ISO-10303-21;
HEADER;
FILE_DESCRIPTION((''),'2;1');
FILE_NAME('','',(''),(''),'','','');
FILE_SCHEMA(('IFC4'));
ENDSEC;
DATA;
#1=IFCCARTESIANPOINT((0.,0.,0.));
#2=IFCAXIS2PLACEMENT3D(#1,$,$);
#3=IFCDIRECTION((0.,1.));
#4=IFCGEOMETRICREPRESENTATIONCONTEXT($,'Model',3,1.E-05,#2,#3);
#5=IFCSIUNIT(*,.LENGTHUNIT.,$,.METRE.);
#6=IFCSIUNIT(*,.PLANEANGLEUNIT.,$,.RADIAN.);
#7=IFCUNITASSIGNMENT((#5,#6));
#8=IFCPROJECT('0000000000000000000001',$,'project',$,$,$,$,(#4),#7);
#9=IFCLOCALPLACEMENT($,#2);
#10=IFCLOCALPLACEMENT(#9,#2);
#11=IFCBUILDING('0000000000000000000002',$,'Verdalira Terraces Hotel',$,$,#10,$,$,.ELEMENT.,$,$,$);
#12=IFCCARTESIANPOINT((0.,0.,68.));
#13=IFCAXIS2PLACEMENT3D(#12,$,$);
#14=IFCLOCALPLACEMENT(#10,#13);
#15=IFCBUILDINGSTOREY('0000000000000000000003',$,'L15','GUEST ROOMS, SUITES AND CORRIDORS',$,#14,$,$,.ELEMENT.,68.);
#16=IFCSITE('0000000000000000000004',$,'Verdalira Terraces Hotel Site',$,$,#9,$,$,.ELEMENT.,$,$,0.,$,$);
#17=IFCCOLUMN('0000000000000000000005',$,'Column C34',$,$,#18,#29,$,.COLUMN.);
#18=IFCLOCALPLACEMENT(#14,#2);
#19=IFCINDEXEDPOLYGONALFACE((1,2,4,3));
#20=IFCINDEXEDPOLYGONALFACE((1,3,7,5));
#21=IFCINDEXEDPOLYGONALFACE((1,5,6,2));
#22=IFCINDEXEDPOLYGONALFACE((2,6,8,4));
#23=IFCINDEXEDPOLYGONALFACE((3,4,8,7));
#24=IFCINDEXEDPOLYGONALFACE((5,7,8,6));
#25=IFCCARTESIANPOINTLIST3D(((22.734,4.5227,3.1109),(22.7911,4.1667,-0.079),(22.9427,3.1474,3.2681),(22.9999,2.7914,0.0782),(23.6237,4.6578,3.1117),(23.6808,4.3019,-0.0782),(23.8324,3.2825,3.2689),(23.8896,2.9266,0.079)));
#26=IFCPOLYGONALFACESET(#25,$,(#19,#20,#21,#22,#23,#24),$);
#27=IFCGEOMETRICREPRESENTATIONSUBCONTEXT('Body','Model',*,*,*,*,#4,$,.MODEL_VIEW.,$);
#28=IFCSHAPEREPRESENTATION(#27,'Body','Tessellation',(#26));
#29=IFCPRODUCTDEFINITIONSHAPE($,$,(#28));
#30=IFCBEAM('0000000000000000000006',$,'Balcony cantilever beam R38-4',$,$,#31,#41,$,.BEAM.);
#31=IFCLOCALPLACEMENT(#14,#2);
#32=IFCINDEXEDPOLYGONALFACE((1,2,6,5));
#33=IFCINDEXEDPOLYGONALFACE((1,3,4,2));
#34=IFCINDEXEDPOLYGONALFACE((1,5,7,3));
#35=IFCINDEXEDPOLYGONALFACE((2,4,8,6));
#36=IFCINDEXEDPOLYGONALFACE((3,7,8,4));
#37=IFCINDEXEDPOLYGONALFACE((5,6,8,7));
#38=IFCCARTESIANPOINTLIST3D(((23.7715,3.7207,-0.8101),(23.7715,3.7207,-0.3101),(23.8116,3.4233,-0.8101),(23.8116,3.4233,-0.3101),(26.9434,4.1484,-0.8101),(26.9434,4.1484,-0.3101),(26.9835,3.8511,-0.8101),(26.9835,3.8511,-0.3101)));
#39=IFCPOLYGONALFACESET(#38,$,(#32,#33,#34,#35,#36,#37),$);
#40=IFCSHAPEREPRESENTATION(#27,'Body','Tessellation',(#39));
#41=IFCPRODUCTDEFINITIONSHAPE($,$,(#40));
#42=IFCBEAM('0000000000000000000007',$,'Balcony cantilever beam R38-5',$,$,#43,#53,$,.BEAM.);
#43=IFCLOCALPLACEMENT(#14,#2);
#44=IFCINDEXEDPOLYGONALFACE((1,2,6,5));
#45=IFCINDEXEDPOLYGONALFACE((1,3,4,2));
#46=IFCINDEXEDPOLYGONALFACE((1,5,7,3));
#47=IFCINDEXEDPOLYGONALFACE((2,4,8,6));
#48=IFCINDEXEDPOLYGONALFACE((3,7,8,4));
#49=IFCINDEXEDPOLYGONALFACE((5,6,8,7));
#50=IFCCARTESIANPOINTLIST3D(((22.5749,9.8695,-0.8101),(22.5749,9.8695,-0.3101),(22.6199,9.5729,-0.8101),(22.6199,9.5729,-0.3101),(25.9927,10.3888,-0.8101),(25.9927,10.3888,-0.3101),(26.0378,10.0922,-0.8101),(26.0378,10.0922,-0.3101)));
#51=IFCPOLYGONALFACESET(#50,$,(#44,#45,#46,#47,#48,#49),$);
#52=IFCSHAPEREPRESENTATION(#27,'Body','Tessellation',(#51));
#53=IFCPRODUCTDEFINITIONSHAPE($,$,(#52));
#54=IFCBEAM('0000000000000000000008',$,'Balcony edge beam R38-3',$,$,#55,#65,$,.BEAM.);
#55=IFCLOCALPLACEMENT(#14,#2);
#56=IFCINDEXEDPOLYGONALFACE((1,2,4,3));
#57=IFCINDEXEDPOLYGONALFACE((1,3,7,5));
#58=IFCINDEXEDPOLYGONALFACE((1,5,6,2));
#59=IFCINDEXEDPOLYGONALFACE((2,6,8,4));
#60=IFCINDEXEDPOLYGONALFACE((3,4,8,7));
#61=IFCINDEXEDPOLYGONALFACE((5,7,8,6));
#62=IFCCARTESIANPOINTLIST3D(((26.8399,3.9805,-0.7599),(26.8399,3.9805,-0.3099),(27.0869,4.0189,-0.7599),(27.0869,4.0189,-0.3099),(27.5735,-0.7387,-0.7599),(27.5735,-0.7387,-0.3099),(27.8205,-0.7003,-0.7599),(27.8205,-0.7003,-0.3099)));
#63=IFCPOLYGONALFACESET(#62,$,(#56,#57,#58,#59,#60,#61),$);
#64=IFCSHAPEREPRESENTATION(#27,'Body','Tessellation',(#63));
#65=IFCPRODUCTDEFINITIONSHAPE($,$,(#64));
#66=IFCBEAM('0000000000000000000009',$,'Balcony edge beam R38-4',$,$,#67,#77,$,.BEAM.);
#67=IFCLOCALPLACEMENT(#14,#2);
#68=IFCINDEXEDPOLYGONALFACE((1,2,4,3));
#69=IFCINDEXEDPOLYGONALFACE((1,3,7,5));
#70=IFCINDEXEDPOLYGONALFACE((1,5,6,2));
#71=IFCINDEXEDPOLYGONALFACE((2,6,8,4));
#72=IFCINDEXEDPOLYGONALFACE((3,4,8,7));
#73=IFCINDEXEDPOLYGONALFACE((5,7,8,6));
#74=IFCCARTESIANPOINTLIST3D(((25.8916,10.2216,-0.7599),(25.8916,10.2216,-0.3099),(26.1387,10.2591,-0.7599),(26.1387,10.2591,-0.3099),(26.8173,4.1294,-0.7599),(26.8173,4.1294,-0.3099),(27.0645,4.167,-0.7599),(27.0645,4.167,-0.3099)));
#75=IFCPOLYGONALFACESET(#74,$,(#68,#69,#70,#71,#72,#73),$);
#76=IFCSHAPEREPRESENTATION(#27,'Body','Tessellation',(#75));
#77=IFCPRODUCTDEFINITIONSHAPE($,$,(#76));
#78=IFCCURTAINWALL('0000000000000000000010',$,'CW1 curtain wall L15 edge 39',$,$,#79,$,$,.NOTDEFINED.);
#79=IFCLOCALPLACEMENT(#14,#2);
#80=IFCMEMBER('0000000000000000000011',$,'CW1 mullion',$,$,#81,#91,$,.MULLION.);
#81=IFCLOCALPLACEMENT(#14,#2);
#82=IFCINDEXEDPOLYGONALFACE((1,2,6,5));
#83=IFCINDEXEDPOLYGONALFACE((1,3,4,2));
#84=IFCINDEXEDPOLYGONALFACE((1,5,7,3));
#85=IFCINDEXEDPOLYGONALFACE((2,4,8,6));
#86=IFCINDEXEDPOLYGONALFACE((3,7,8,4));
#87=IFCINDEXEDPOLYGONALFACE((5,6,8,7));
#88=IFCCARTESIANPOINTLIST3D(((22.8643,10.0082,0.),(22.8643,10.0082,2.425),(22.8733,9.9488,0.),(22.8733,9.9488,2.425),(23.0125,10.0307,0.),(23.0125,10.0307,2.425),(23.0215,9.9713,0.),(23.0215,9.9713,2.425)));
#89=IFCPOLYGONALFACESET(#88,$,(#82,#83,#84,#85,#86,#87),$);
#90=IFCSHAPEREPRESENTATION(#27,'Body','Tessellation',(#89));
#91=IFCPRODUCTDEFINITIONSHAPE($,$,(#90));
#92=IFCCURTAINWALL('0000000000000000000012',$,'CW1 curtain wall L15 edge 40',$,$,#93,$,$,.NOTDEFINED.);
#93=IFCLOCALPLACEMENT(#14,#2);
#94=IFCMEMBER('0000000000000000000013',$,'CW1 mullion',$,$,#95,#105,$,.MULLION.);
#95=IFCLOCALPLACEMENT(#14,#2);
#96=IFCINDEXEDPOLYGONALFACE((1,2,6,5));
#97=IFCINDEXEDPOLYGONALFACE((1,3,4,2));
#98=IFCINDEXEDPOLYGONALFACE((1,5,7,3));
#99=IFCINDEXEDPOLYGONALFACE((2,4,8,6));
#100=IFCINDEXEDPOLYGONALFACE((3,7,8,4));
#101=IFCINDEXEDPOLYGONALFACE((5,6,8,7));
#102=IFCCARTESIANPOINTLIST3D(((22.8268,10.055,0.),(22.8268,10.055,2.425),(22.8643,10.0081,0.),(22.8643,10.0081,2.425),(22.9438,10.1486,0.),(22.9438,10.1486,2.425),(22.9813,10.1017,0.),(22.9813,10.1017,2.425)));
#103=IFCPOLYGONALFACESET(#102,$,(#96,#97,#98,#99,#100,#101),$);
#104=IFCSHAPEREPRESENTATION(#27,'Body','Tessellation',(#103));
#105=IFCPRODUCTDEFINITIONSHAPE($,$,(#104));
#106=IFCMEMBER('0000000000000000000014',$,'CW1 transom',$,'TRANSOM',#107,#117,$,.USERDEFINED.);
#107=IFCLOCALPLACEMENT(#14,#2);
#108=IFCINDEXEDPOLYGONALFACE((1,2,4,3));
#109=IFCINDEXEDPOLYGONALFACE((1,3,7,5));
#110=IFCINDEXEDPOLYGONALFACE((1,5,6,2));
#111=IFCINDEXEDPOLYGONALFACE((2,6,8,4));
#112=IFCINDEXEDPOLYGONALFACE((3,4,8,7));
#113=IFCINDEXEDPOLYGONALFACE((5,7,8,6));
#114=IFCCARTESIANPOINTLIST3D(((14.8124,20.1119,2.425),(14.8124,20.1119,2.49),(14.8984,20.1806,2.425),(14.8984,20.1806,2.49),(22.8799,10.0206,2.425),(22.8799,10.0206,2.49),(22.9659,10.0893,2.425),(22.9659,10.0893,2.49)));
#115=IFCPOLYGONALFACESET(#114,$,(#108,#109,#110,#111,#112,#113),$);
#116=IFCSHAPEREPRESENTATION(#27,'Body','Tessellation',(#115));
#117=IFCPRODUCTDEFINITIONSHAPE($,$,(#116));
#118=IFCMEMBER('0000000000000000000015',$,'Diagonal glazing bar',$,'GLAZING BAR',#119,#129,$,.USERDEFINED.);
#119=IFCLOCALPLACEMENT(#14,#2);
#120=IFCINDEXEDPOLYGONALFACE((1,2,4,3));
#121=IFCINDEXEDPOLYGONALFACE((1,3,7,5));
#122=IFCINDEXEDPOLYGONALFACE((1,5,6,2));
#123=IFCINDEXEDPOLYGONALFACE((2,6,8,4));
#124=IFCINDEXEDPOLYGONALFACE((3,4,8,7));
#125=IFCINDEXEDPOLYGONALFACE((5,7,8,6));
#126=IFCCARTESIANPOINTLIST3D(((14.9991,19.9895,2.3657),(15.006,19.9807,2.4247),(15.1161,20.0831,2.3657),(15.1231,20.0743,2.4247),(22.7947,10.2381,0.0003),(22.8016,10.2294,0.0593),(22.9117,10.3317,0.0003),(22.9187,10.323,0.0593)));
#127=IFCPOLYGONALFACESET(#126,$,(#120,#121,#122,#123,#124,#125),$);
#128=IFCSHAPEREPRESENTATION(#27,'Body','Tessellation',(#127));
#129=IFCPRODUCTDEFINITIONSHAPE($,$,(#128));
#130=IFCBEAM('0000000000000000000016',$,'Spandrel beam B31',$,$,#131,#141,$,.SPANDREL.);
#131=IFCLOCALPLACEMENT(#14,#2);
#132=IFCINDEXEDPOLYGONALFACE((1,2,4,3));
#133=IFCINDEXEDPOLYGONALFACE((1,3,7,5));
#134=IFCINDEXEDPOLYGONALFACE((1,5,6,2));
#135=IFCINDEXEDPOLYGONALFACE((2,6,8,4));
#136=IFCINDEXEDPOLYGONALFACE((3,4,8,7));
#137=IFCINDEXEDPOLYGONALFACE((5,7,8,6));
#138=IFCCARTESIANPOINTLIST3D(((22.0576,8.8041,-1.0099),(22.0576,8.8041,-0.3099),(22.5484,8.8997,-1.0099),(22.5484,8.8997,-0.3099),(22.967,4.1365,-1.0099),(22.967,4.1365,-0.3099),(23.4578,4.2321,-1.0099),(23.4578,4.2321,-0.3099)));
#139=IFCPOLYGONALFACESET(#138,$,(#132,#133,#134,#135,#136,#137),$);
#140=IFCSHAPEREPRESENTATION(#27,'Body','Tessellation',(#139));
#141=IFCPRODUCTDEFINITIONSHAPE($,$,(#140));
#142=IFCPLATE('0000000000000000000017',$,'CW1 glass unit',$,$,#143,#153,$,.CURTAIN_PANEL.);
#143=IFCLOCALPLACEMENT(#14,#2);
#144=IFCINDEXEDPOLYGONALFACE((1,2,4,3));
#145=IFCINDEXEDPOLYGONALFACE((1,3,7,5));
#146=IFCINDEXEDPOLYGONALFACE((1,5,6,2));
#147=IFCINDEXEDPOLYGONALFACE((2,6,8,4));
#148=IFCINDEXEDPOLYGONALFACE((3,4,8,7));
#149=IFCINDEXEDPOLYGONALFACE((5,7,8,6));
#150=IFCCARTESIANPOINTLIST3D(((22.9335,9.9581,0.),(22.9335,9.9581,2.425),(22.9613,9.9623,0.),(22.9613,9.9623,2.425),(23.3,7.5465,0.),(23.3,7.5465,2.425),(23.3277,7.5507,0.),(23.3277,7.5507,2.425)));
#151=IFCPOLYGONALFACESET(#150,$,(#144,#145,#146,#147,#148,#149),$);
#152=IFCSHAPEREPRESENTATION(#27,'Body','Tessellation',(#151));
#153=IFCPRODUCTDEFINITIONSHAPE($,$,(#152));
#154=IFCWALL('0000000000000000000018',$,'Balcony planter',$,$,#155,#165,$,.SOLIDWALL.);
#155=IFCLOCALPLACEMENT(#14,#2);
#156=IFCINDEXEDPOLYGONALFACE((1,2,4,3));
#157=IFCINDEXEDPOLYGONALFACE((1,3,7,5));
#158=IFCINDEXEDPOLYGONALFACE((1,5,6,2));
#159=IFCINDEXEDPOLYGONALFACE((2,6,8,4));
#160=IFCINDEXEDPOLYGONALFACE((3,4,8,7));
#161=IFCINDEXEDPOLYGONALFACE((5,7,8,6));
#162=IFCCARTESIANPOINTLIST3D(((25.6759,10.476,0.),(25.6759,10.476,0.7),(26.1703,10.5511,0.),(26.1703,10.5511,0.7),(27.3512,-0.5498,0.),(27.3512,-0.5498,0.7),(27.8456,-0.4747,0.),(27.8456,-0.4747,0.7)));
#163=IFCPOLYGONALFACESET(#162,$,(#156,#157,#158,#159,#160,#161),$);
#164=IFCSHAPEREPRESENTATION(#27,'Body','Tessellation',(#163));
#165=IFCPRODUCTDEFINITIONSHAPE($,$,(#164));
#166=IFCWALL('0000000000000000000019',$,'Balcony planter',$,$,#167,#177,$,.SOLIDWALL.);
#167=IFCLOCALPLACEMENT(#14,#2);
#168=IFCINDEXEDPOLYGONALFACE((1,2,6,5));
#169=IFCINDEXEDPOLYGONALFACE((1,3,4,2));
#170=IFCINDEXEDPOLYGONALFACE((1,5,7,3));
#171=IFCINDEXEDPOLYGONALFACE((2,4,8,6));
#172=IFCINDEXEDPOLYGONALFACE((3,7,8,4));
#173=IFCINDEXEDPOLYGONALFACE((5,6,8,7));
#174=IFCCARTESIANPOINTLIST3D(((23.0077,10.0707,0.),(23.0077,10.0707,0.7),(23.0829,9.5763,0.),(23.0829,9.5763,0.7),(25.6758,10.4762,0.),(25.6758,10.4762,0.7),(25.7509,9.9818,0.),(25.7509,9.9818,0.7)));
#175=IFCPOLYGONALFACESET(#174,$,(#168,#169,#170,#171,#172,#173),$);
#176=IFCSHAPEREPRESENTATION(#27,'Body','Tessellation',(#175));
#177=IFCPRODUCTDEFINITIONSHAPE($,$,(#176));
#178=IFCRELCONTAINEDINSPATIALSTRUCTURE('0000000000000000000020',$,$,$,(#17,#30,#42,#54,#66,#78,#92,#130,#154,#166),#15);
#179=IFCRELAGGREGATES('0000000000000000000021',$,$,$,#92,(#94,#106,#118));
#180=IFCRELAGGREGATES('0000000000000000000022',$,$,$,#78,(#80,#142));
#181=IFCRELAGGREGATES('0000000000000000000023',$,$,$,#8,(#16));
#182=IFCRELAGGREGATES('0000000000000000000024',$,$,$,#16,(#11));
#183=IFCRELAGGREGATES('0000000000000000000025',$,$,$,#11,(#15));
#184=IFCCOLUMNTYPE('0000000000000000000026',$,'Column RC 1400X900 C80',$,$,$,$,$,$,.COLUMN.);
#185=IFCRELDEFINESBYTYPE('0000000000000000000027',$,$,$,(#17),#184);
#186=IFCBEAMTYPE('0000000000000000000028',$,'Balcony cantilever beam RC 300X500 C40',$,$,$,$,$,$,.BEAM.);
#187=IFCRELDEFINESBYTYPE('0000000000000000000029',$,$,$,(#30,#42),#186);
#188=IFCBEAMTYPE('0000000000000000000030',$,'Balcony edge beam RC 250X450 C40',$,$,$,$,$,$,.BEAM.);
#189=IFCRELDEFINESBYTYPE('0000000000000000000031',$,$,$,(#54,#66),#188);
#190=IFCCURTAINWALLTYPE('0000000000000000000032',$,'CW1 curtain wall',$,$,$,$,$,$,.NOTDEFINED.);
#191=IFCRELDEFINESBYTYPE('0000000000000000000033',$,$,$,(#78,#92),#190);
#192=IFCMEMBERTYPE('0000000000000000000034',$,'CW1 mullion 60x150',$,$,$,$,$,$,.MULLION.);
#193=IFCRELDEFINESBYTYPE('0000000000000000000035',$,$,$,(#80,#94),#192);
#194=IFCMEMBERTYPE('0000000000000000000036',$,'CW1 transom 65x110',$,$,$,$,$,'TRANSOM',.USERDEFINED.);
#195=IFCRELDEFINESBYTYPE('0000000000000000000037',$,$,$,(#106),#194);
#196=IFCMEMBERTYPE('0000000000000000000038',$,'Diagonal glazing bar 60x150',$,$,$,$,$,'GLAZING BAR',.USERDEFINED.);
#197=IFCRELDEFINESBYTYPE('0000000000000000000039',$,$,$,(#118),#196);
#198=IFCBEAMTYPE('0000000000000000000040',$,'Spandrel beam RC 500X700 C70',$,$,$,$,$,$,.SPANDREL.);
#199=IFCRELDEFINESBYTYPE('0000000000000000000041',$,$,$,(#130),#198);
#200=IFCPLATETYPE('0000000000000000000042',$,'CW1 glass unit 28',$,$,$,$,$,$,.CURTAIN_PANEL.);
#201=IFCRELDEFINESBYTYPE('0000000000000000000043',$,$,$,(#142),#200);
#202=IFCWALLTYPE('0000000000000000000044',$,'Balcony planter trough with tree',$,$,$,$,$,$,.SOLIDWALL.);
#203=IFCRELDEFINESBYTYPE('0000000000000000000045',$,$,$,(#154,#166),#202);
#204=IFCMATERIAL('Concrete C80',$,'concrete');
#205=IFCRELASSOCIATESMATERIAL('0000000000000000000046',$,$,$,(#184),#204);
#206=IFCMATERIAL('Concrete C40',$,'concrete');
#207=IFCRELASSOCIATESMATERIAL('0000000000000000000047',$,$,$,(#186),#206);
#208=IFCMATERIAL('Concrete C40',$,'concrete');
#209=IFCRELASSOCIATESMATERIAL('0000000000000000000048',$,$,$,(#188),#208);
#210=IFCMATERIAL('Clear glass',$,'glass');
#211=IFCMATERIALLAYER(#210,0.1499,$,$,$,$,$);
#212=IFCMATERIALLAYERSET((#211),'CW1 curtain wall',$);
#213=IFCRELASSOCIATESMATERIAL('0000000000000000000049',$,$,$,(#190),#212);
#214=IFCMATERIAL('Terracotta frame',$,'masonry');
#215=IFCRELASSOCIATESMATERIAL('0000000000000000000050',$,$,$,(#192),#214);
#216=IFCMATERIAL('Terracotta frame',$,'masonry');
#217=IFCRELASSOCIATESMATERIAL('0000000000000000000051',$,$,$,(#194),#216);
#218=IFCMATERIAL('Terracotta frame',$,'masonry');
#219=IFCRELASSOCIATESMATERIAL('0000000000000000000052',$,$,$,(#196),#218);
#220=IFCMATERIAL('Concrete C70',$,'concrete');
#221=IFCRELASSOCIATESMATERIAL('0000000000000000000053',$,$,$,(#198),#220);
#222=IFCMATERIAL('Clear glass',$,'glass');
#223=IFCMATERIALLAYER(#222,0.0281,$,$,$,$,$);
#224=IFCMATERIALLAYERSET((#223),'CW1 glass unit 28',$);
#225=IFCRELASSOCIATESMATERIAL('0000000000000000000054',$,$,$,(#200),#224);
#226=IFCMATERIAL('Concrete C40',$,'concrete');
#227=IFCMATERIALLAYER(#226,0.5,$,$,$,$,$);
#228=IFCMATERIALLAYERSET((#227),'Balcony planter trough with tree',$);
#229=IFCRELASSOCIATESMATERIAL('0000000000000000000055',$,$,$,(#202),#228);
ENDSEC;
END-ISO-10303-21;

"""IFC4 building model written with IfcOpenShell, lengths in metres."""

from ifc_helpers import new_model, si_unit, direction, frame, frame_2d, origin, origin_2d, place, context, subcontext, project, spatial, rectangle, extrude, material, layer, layer_set, material_profile, profile_set, type_object, element, aggregate, save


model = new_model("IFC4")

# Units and contexts
model_context = context("Model", 3, precision=1e-05, world=origin(), true_north=direction((0.0, 1.0)))
body_context = subcontext(model_context, "Body", "Model", "MODEL_VIEW")
ifc_project = project(units=[si_unit("LENGTHUNIT", "METRE"), si_unit("PLANEANGLEUNIT", "RADIAN")], contexts=[model_context])

# Site, building, storey
site_placement = place(None, origin())
site = spatial("IfcSite", under=ifc_project, at=site_placement, Name="Verdalira Terraces Hotel Site", CompositionType="ELEMENT", RefElevation=0.0)
building_placement = place(site_placement, origin())
building = spatial("IfcBuilding", under=site, at=building_placement, Name="Verdalira Terraces Hotel", CompositionType="ELEMENT")
storey_placement = place(building_placement, frame((0.0, 0.0, 68.0)))
storey = spatial("IfcBuildingStorey", under=building, at=storey_placement, Name="L15", Description="GUEST ROOMS, SUITES AND CORRIDORS", CompositionType="ELEMENT", Elevation=68.0)

# Column
ifc_material_1 = material(Name="Concrete C80", Category="concrete")
ifc_material_profile_1 = material_profile(ifc_material_1, rectangle(XDim=1.3999, YDim=0.8999, at=origin_2d()), Name="RC 1400X900")
ifc_profile_set_1 = profile_set([ifc_material_profile_1], Name="Concrete C80")
column_type = type_object("IfcColumnType", Name="Column RC 1400X900 C80", PredefinedType="COLUMN", material=ifc_profile_set_1)
column_placement = place(storey_placement, frame((23.3403, 3.5466, 0.0), z_axis=(-0.017796, 0.110881, 0.993674), x_axis=(-0.149133, 0.98242, -0.112296)))
element("IfcColumn", 1, at=column_placement, inside=storey, type_object=column_type, Name="Column C34", PredefinedType="COLUMN", context=body_context, shape_type="SweptSolid", body=[
    extrude(rectangle(XDim=1.3999, YDim=0.8999, at=origin_2d()), origin(), (0.0, 0.0, 1.0), 3.2102),
])

# Beams
ifc_material_2 = material(Name="Concrete C40", Category="concrete")
ifc_material_profile_2 = material_profile(ifc_material_2, rectangle(XDim=0.3, YDim=0.5, at=origin_2d()), Name="RC 300X500")
ifc_profile_set_2 = profile_set([ifc_material_profile_2], Name="Concrete C40")
beam_type_1 = type_object("IfcBeamType", Name="Balcony cantilever beam RC 300X500 C40", PredefinedType="BEAM", material=ifc_profile_set_2)
beam_1_placement = place(storey_placement, frame((23.7915, 3.572, -0.5601), z_axis=(0.99103, 0.133643, 0.0), x_axis=(-0.133643, 0.99103, 0.0)))
element("IfcBeam", 2, at=beam_1_placement, inside=storey, type_object=beam_type_1, Name="Balcony cantilever beam R38-4", PredefinedType="BEAM", context=body_context, shape_type="SweptSolid", body=[
    extrude(rectangle(XDim=0.3, YDim=0.5, at=origin_2d()), origin(), (0.0, 0.0, 1.0), 3.2007),
])
beam_2_placement = place(storey_placement, frame((22.5974, 9.7212, -0.5601), z_axis=(0.988653, 0.150215, 0.0), x_axis=(-0.150215, 0.988653, 0.0)))
element("IfcBeam", 3, at=beam_2_placement, inside=storey, type_object=beam_type_1, Name="Balcony cantilever beam R38-5", PredefinedType="BEAM", context=body_context, shape_type="SweptSolid", body=[
    extrude(rectangle(XDim=0.3, YDim=0.5, at=origin_2d()), origin(), (0.0, 0.0, 1.0), 3.457),
])
ifc_material_3 = material(Name="Concrete C40", Category="concrete")
ifc_material_profile_3 = material_profile(ifc_material_3, rectangle(XDim=0.25, YDim=0.45, at=origin_2d()), Name="RC 250X450")
ifc_profile_set_3 = profile_set([ifc_material_profile_3], Name="Concrete C40")
beam_type_2 = type_object("IfcBeamType", Name="Balcony edge beam RC 250X450 C40", PredefinedType="BEAM", material=ifc_profile_set_3)
beam_3_placement = place(storey_placement, frame((27.697, -0.7195, -0.5349), z_axis=(-0.153613, 0.988131, 0.0), x_axis=(-0.988131, -0.153613, 0.0)))
element("IfcBeam", 4, at=beam_3_placement, inside=storey, type_object=beam_type_2, Name="Balcony edge beam R38-3", PredefinedType="BEAM", context=body_context, shape_type="SweptSolid", body=[
    extrude(rectangle(XDim=0.25, YDim=0.45, at=origin_2d()), origin(), (0.0, 0.0, 1.0), 4.7759),
])
beam_4_placement = place(storey_placement, frame((26.9409, 4.1482, -0.5349), z_axis=(-0.150235, 0.98865, 0.0), x_axis=(-0.98865, -0.150235, 0.0)))
element("IfcBeam", 5, at=beam_4_placement, inside=storey, type_object=beam_type_2, Name="Balcony edge beam R38-4", PredefinedType="BEAM", context=body_context, shape_type="SweptSolid", body=[
    extrude(rectangle(XDim=0.25, YDim=0.45, at=origin_2d()), origin(), (0.0, 0.0, 1.0), 6.1621),
])

# Curtain wall, member
ifc_material_4 = material(Name="Clear glass", Category="glass")
ifc_layer_1 = layer(ifc_material_4, 0.1499)
ifc_layer_set_1 = layer_set([ifc_layer_1], Name="CW1 curtain wall")
curtain_wall_type = type_object("IfcCurtainWallType", Name="CW1 curtain wall", PredefinedType="NOTDEFINED", material=ifc_layer_set_1)
curtain_wall_1_placement = place(storey_placement, origin())
curtain_wall_1 = element("IfcCurtainWall", 6, at=curtain_wall_1_placement, inside=storey, type_object=curtain_wall_type, Name="CW1 curtain wall L15 edge 39", PredefinedType="NOTDEFINED")
ifc_material_5 = material(Name="Terracotta frame", Category="masonry")
ifc_material_profile_4 = material_profile(ifc_material_5, rectangle(XDim=0.0601, YDim=0.1499, at=origin_2d()), Name="MU 60x150")
ifc_profile_set_4 = profile_set([ifc_material_profile_4], Name="Terracotta frame")
member_type_1 = type_object("IfcMemberType", Name="CW1 mullion 60x150", PredefinedType="MULLION", material=ifc_profile_set_4)
member_1_placement = place(storey_placement, frame((22.9429, 9.9897, 0.0), z_axis=(0.0, 0.0, 1.0), x_axis=(-0.150226, 0.988652, 0.0)))
member_1 = element("IfcMember", 7, at=member_1_placement, type_object=member_type_1, Name="CW1 mullion", PredefinedType="MULLION", context=body_context, shape_type="SweptSolid", body=[
    extrude(rectangle(XDim=0.0601, YDim=0.1499, at=origin_2d()), origin(), (0.0, 0.0, 1.0), 2.425),
])

# Curtain wall, members
curtain_wall_2_placement = place(storey_placement, origin())
curtain_wall_2 = element("IfcCurtainWall", 8, at=curtain_wall_2_placement, inside=storey, type_object=curtain_wall_type, Name="CW1 curtain wall L15 edge 40", PredefinedType="NOTDEFINED")
member_2_placement = place(storey_placement, frame((22.9041, 10.0784, 0.0), z_axis=(0.0, 0.0, 1.0), x_axis=(-0.624425, 0.781085, 0.0)))
member_2 = element("IfcMember", 9, at=member_2_placement, type_object=member_type_1, Name="CW1 mullion", PredefinedType="MULLION", context=body_context, shape_type="SweptSolid", body=[
    extrude(rectangle(XDim=0.0601, YDim=0.1499, at=origin_2d()), origin(), (0.0, 0.0, 1.0), 2.425),
])
ifc_material_6 = material(Name="Terracotta frame", Category="masonry")
ifc_material_profile_5 = material_profile(ifc_material_6, rectangle(XDim=0.1101, YDim=0.0649, at=origin_2d()), Name="TR 65x110")
ifc_profile_set_5 = profile_set([ifc_material_profile_5], Name="Terracotta frame")
member_type_2 = type_object("IfcMemberType", Name="CW1 transom 65x110", ElementType="TRANSOM", PredefinedType="USERDEFINED", material=ifc_profile_set_5)
member_3_placement = place(storey_placement, frame((22.9229, 10.0549, 2.4575), z_axis=(-0.624428, 0.781083, 0.0), x_axis=(-0.781083, -0.624428, 0.0)))
member_3 = element("IfcMember", 10, at=member_3_placement, type_object=member_type_2, Name="CW1 transom", ObjectType="TRANSOM", PredefinedType="USERDEFINED", context=body_context, shape_type="SweptSolid", body=[
    extrude(rectangle(XDim=0.1101, YDim=0.0649, at=origin_2d()), origin(), (0.0, 0.0, 1.0), 12.9197),
])
ifc_material_7 = material(Name="Terracotta frame", Category="masonry")
ifc_material_profile_6 = material_profile(ifc_material_7, rectangle(XDim=0.1499, YDim=0.0601, at=origin_2d()), Name="GB 60x150")
ifc_profile_set_6 = profile_set([ifc_material_profile_6], Name="Terracotta frame")
member_type_3 = type_object("IfcMemberType", Name="Diagonal glazing bar 60x150", ElementType="GLAZING BAR", PredefinedType="USERDEFINED", material=ifc_profile_set_6)
member_4_placement = place(storey_placement, frame((22.8567, 10.2805, 0.0298), z_axis=(-0.61351, 0.76743, 0.186161), x_axis=(-0.781084, -0.624426, 0.0)))
member_4 = element("IfcMember", 11, at=member_4_placement, type_object=member_type_3, Name="Diagonal glazing bar", ObjectType="GLAZING BAR", PredefinedType="USERDEFINED", context=body_context, shape_type="SweptSolid", body=[
    extrude(rectangle(XDim=0.1499, YDim=0.0601, at=origin_2d()), origin(), (0.0, 0.0, 1.0), 12.7065),
])
aggregate(curtain_wall_2, [member_2, member_3, member_4])

# Beam
ifc_material_8 = material(Name="Concrete C70", Category="concrete")
ifc_material_profile_7 = material_profile(ifc_material_8, rectangle(XDim=0.5, YDim=0.7, at=origin_2d()), Name="RC 500X700")
ifc_profile_set_7 = profile_set([ifc_material_profile_7], Name="Concrete C70")
beam_type_3 = type_object("IfcBeamType", Name="Spandrel beam RC 500X700 C70", PredefinedType="SPANDREL", material=ifc_profile_set_7)
beam_5_placement = place(storey_placement, frame((23.2124, 4.1843, -0.6599), z_axis=(-0.191237, 0.981544, 0.0), x_axis=(-0.981544, -0.191237, 0.0)))
element("IfcBeam", 12, at=beam_5_placement, inside=storey, type_object=beam_type_3, Name="Spandrel beam B31", PredefinedType="SPANDREL", context=body_context, shape_type="SweptSolid", body=[
    extrude(rectangle(XDim=0.5, YDim=0.7, at=origin_2d()), origin(), (0.0, 0.0, 1.0), 4.7554),
])

# Plate
ifc_material_9 = material(Name="Clear glass", Category="glass")
ifc_layer_2 = layer(ifc_material_9, 0.0281)
ifc_layer_set_2 = layer_set([ifc_layer_2], Name="CW1 glass unit 28")
plate_type = type_object("IfcPlateType", Name="CW1 glass unit 28", PredefinedType="CURTAIN_PANEL", material=ifc_layer_set_2)
plate_placement = place(storey_placement, frame((23.1306, 8.7544, 0.0), z_axis=(0.0, 0.0, 1.0), x_axis=(-0.150226, 0.988652, 0.0)))
plate = element("IfcPlate", 13, at=plate_placement, type_object=plate_type, Name="CW1 glass unit", PredefinedType="CURTAIN_PANEL", context=body_context, shape_type="SweptSolid", body=[
    extrude(rectangle(XDim=2.4392, YDim=0.0281, at=origin_2d()), origin(), (0.0, 0.0, 1.0), 2.425),
])
aggregate(curtain_wall_1, [member_1, plate])

# Walls
ifc_material_10 = material(Name="Concrete C40", Category="concrete")
ifc_layer_3 = layer(ifc_material_10, 0.5)
ifc_layer_set_3 = layer_set([ifc_layer_3], Name="Balcony planter trough with tree")
wall_type_1 = type_object("IfcWallType", Name="Balcony planter trough with tree", PredefinedType="SOLIDWALL", material=ifc_layer_set_3)
wall_1_placement = place(storey_placement, frame((27.5984, -0.5122, 0.0), z_axis=(0.0, 0.0, 1.0), x_axis=(-0.150218, 0.988653, 0.0)))
element("IfcWall", 14, at=wall_1_placement, inside=storey, type_object=wall_type_1, Name="Balcony planter", PredefinedType="SOLIDWALL", context=body_context, shape_type="SweptSolid", body=[
    extrude(rectangle(XDim=11.1523, YDim=0.5, at=frame_2d((5.5762, 0.0))), origin(), (0.0, 0.0, 1.0), 0.7),
])
wall_2_placement = place(storey_placement, frame((25.7134, 10.229, 0.0), z_axis=(0.0, 0.0, 1.0), x_axis=(-0.988647, -0.150256, 0.0)))
element("IfcWall", 15, at=wall_2_placement, inside=storey, type_object=wall_type_1, Name="Balcony planter", PredefinedType="SOLIDWALL", context=body_context, shape_type="SweptSolid", body=[
    extrude(rectangle(XDim=2.6987, YDim=0.5, at=frame_2d((1.3494, 0.0))), origin(), (0.0, 0.0, 1.0), 0.7),
])

save(model, "model.ifc")
